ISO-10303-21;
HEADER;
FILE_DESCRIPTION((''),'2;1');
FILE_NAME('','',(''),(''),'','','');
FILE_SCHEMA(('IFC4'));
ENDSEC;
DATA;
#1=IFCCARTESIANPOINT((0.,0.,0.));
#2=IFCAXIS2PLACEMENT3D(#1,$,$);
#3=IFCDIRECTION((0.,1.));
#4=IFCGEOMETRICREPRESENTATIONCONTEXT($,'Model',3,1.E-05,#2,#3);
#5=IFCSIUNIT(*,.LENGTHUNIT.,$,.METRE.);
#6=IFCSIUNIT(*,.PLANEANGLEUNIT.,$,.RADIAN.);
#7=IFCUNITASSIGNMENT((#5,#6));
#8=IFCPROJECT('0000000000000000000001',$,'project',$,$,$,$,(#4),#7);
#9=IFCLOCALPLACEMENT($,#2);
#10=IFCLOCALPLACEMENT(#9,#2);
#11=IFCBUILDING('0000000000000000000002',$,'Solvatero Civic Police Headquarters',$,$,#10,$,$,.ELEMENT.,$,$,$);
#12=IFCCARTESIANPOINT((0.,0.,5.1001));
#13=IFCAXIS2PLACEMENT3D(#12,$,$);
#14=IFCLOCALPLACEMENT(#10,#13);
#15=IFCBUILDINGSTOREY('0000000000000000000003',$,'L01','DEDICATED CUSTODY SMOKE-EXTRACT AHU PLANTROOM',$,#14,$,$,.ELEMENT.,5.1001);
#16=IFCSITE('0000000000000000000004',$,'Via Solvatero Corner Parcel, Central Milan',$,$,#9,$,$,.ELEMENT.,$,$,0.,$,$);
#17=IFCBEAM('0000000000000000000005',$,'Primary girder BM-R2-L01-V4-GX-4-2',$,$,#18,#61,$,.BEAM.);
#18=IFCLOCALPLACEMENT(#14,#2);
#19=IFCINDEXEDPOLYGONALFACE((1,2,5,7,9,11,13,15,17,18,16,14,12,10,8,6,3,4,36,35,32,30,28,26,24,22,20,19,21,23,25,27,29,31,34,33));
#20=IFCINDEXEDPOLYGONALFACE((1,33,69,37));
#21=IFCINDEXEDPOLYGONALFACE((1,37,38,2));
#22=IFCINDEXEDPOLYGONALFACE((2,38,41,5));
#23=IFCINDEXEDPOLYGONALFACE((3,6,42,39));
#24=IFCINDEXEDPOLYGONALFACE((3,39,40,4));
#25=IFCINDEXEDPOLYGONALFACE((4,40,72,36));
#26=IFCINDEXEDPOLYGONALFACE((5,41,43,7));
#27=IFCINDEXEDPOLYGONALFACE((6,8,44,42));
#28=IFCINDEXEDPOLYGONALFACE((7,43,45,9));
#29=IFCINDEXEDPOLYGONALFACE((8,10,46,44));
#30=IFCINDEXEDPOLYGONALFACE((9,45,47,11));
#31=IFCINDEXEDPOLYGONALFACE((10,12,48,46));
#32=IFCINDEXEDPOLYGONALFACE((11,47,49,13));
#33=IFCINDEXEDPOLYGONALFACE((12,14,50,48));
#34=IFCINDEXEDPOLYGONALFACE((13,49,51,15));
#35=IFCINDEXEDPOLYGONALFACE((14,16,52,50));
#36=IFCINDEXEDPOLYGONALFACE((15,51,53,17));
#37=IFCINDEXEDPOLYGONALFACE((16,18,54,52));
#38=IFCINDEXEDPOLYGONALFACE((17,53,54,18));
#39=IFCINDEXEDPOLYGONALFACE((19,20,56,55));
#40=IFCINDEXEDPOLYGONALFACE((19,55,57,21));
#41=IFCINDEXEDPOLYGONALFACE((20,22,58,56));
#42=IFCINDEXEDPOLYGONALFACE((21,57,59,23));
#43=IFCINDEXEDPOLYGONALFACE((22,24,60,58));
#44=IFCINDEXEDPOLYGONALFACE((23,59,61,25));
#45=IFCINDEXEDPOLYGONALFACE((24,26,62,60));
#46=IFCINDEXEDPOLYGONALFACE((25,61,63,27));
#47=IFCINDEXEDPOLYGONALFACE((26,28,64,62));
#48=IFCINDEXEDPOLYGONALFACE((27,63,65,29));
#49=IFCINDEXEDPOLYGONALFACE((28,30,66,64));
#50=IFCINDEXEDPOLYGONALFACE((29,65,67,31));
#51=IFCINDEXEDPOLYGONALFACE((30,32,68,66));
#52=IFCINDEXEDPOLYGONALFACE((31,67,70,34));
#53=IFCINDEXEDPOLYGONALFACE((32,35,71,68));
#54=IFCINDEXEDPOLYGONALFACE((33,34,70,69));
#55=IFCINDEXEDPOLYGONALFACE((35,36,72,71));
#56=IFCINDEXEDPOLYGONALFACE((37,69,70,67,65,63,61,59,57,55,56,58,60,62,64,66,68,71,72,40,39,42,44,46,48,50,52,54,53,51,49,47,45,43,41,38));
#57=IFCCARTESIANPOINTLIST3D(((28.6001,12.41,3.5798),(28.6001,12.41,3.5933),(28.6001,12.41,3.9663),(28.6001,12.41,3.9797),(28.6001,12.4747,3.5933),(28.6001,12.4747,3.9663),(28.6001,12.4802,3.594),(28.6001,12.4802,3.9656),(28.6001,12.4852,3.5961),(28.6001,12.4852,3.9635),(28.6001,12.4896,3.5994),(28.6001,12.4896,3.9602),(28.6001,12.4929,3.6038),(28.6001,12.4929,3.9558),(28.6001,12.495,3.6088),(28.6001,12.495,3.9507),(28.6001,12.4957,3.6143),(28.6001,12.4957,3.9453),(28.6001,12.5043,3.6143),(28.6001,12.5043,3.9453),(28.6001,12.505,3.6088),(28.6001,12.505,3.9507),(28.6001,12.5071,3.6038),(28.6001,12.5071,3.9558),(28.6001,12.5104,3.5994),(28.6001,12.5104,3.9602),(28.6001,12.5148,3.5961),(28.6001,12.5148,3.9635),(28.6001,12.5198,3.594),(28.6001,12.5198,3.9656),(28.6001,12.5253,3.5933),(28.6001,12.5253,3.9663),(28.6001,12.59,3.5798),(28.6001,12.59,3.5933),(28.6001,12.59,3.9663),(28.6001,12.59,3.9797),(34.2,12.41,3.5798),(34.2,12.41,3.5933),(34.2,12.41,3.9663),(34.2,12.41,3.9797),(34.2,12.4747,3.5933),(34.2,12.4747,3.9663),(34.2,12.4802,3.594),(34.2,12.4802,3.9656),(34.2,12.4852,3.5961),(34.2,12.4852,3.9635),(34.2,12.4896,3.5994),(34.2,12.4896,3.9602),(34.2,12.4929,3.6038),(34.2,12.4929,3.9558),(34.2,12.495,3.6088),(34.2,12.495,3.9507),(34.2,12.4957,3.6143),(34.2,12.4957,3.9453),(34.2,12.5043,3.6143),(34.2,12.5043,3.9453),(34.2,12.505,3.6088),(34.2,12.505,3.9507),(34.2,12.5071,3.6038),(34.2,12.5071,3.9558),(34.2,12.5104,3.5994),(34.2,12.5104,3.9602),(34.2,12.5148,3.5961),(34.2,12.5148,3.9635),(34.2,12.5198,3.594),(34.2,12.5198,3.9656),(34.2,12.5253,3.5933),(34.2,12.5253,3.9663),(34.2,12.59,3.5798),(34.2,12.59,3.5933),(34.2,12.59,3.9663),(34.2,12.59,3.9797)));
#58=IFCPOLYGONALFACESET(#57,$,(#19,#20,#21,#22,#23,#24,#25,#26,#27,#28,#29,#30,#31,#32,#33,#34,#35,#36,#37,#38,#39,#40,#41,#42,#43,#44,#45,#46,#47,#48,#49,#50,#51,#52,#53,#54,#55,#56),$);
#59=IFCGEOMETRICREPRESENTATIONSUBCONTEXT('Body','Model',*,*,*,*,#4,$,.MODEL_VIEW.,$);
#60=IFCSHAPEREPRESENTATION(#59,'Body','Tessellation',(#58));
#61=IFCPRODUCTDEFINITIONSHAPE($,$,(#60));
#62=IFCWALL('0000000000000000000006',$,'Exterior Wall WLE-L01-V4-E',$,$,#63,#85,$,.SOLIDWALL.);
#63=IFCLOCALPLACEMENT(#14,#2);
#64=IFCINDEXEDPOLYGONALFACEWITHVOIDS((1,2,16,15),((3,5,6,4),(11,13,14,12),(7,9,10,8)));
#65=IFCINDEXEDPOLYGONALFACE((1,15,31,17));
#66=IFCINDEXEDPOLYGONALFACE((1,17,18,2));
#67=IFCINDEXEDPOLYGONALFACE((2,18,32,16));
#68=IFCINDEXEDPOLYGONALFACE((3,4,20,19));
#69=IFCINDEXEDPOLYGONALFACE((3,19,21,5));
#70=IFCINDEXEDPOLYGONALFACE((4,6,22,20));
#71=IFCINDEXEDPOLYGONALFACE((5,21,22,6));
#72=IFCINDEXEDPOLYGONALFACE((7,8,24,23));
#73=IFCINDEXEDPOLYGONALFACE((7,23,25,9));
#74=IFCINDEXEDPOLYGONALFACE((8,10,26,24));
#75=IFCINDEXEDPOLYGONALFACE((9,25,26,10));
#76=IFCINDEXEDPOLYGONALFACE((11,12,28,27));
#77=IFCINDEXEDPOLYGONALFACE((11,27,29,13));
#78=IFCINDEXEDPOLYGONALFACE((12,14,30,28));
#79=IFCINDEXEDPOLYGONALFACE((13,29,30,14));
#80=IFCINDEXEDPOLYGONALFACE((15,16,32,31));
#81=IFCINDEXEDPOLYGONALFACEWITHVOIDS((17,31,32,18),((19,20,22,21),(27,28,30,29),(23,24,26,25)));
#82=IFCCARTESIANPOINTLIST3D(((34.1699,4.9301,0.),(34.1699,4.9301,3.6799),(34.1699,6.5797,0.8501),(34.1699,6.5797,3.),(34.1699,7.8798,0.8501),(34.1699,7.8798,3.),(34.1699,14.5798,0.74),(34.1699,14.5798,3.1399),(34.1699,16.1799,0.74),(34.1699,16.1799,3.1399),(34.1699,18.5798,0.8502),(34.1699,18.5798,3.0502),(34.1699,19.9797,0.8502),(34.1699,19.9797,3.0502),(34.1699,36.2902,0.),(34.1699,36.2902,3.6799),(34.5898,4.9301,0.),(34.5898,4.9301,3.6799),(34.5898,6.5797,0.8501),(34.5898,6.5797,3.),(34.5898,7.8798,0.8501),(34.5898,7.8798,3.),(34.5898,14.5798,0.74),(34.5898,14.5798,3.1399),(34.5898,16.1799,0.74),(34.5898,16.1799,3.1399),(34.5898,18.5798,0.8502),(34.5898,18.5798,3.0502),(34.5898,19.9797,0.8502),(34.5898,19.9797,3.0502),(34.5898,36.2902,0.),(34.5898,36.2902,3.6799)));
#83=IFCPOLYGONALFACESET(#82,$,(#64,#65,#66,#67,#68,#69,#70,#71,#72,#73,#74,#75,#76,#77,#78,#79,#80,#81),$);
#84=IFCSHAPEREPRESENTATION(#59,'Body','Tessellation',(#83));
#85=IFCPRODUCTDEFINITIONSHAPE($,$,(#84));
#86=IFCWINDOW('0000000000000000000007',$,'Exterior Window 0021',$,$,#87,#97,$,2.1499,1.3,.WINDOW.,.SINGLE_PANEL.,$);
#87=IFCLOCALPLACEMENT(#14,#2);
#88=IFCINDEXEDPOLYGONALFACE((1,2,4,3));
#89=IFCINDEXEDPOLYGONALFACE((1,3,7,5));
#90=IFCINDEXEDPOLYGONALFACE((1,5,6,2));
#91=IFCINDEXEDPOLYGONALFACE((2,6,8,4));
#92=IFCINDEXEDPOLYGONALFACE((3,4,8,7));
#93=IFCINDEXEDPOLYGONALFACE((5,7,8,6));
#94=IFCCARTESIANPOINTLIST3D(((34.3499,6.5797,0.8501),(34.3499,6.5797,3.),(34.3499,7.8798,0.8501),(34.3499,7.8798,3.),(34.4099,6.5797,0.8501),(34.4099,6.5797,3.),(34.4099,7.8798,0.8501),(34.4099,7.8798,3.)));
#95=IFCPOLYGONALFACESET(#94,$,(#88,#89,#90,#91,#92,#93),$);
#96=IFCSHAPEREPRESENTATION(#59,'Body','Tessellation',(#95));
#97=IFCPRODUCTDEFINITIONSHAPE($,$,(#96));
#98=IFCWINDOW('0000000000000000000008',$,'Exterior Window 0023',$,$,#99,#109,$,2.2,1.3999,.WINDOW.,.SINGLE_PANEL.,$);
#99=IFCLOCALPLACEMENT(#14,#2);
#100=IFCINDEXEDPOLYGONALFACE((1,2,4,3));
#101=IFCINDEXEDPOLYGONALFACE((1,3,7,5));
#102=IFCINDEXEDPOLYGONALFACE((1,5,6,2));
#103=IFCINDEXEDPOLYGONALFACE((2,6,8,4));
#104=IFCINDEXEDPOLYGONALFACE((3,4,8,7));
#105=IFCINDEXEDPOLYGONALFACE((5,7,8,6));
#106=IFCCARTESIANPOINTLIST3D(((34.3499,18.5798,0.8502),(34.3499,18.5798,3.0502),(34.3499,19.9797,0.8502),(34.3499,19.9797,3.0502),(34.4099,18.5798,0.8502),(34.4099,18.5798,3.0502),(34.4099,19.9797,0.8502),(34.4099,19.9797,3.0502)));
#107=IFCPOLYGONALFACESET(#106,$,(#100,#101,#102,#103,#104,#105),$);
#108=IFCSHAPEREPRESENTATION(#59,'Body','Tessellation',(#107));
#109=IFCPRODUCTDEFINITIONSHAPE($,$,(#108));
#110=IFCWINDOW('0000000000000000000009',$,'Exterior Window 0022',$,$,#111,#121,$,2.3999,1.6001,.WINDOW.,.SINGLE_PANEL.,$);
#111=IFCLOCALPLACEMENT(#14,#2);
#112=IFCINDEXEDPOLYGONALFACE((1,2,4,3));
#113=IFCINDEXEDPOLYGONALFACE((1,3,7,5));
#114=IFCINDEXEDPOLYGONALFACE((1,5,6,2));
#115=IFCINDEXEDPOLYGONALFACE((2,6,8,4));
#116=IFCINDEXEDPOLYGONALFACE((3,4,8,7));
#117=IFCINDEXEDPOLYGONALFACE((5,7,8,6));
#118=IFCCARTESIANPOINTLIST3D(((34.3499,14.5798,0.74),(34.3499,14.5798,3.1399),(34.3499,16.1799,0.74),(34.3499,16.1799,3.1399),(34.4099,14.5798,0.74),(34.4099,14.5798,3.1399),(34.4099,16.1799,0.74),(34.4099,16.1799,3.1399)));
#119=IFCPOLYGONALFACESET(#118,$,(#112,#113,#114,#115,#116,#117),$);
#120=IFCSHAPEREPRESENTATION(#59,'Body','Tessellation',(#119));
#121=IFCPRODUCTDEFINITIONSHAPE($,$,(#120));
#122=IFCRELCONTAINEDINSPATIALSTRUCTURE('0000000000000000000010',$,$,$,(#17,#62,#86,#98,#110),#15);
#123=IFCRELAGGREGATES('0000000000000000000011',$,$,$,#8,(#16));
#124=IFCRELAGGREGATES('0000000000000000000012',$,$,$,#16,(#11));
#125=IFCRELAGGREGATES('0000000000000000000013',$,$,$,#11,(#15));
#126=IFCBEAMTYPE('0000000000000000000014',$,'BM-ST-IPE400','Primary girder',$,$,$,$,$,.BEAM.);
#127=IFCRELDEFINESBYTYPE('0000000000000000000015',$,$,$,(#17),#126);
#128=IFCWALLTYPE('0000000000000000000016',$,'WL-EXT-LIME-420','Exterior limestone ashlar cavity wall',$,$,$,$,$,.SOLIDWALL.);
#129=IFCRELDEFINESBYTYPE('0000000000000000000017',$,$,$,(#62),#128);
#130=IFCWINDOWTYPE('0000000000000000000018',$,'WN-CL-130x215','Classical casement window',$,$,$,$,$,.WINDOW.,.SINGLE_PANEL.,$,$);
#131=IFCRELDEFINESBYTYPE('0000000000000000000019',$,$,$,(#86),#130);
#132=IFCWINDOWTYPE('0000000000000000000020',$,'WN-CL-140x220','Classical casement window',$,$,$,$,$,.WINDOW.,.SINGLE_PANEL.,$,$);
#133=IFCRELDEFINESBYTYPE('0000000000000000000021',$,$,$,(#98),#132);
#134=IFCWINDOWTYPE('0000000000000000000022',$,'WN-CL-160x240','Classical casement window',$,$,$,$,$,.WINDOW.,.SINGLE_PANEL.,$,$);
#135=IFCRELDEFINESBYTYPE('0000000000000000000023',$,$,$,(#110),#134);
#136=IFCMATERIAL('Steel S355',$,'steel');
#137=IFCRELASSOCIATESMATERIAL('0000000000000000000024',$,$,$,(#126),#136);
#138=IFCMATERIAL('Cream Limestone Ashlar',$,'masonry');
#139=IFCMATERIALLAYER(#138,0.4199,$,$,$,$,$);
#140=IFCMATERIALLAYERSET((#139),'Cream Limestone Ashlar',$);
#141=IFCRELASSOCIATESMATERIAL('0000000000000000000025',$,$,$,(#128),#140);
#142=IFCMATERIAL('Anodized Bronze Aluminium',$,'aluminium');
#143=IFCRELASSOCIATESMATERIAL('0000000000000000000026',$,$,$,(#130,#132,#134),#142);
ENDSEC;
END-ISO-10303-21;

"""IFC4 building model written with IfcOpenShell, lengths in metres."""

from ifc_helpers import new_model, si_unit, direction, frame, frame_2d, origin, origin_2d, place, context, subcontext, project, spatial, rectangle, i_section, extrude, material, layer, layer_set, material_profile, profile_set, type_object, element, fill, save


model = new_model("IFC4")

# Units and contexts
model_context = context("Model", 3, precision=1e-05, world=origin(), true_north=direction((0.0, 1.0)))
body_context = subcontext(model_context, "Body", "Model", "MODEL_VIEW")
ifc_project = project(units=[si_unit("LENGTHUNIT", "METRE"), si_unit("PLANEANGLEUNIT", "RADIAN")], contexts=[model_context])

# Site, building, storey
site_placement = place(None, origin())
site = spatial("IfcSite", under=ifc_project, at=site_placement, Name="Via Solvatero Corner Parcel, Central Milan", CompositionType="ELEMENT", RefElevation=0.0)
building_placement = place(site_placement, origin())
building = spatial("IfcBuilding", under=site, at=building_placement, Name="Solvatero Civic Police Headquarters", CompositionType="ELEMENT")
storey_placement = place(building_placement, frame((0.0, 0.0, 5.1001)))
storey = spatial("IfcBuildingStorey", under=building, at=storey_placement, Name="L01", Description="DEDICATED CUSTODY SMOKE-EXTRACT AHU PLANTROOM", CompositionType="ELEMENT", Elevation=5.1001)

# Shared definitions
ifc_material_1 = material(Name="Steel S355", Category="steel")

# Beam
ifc_material_profile_1 = material_profile(ifc_material_1, i_section(OverallWidth=0.1799, OverallDepth=0.3999, WebThickness=0.0085, FlangeThickness=0.0134, FilletRadius=0.021, at=origin_2d()), Name="IPE 400")
ifc_profile_set_1 = profile_set([ifc_material_profile_1], Name="Steel S355")
beam_type_1 = type_object("IfcBeamType", Name="BM-ST-IPE400", Description="Primary girder", PredefinedType="BEAM", material=ifc_profile_set_1)
beam_1_placement = place(storey_placement, frame((28.6001, 12.5, 3.7798), z_axis=(1.0, 0.0, 0.0), x_axis=(0.0, 1.0, 0.0)))
element("IfcBeam", 1, at=beam_1_placement, inside=storey, type_object=beam_type_1, Name="Primary girder BM-R2-L01-V4-GX-4-2", PredefinedType="BEAM", context=body_context, shape_type="SweptSolid", body=[
    extrude(i_section(OverallWidth=0.1799, OverallDepth=0.3999, WebThickness=0.0085, FlangeThickness=0.0134, FilletRadius=0.021, at=origin_2d()), origin(), (0.0, 0.0, 1.0), 5.5999),
])

# Wall, openings, windows
ifc_material_2 = material(Name="Cream Limestone Ashlar", Category="masonry")
ifc_layer_1 = layer(ifc_material_2, 0.4199)
ifc_layer_set_1 = layer_set([ifc_layer_1], Name="Cream Limestone Ashlar")
wall_type_1 = type_object("IfcWallType", Name="WL-EXT-LIME-420", Description="Exterior limestone ashlar cavity wall", PredefinedType="SOLIDWALL", material=ifc_layer_set_1)
wall_1_placement = place(storey_placement, frame((34.3799, 4.9299, 0.0), z_axis=(0.0, 0.0, 1.0), x_axis=(0.0, 1.0, 0.0)))
wall_1 = element("IfcWall", 2, at=wall_1_placement, inside=storey, type_object=wall_type_1, Name="Exterior Wall WLE-L01-V4-E", PredefinedType="SOLIDWALL", context=body_context, shape_type="SweptSolid", body=[
    extrude(rectangle(XDim=31.3601, YDim=0.4199, at=frame_2d((15.6802, 0.0))), origin(), (0.0, 0.0, 1.0), 3.6799),
])
opening_1_placement = place(wall_1_placement, frame((1.6499, 0.0, 0.8501)))
opening_1 = element("IfcOpeningElement", 3, at=opening_1_placement, cuts=wall_1, PredefinedType="OPENING", context=body_context, shape_type="SweptSolid", body=[
    extrude(rectangle(XDim=1.3, YDim=2.1499, at=frame_2d((0.6499, 1.075))), frame((0.0, 0.22, 0.0), z_axis=(0.0, -1.0, 0.0), x_axis=(1.0, 0.0, 0.0)), (0.0, 0.0, 1.0), 0.4399),
])
opening_2_placement = place(wall_1_placement, frame((9.6499, 0.0, 0.74)))
opening_2 = element("IfcOpeningElement", 4, at=opening_2_placement, cuts=wall_1, PredefinedType="OPENING", context=body_context, shape_type="SweptSolid", body=[
    extrude(rectangle(XDim=1.6001, YDim=2.3999, at=frame_2d((0.8, 1.2))), frame((0.0, 0.22, 0.0), z_axis=(0.0, -1.0, 0.0), x_axis=(1.0, 0.0, 0.0)), (0.0, 0.0, 1.0), 0.4399),
])
opening_3_placement = place(wall_1_placement, frame((13.6499, 0.0, 0.8501)))
opening_3 = element("IfcOpeningElement", 5, at=opening_3_placement, cuts=wall_1, PredefinedType="OPENING", context=body_context, shape_type="SweptSolid", body=[
    extrude(rectangle(XDim=1.3999, YDim=2.2, at=frame_2d((0.7, 1.1001))), frame((0.0, 0.22, 0.0), z_axis=(0.0, -1.0, 0.0), x_axis=(1.0, 0.0, 0.0)), (0.0, 0.0, 1.0), 0.4399),
])
ifc_material_3 = material(Name="Anodized Bronze Aluminium", Category="aluminium")
window_type_1 = type_object("IfcWindowType", Name="WN-CL-130x215", Description="Classical casement window", PartitioningType="SINGLE_PANEL", PredefinedType="WINDOW", material=ifc_material_3)
window_1_placement = place(opening_1_placement, origin())
window_1 = element("IfcWindow", 6, at=window_1_placement, inside=storey, type_object=window_type_1, Name="Exterior Window 0021", OverallHeight=2.1499, OverallWidth=1.3, PartitioningType="SINGLE_PANEL", PredefinedType="WINDOW", context=body_context, shape_type="SweptSolid", body=[
    extrude(rectangle(XDim=1.3, YDim=2.1499, at=frame_2d((0.6499, 1.075))), frame((0.0, 0.03, 0.0), z_axis=(0.0, -1.0, 0.0), x_axis=(1.0, 0.0, 0.0)), (0.0, 0.0, 1.0), 0.0601),
])
fill(opening_1, window_1)
window_type_2 = type_object("IfcWindowType", Name="WN-CL-140x220", Description="Classical casement window", PartitioningType="SINGLE_PANEL", PredefinedType="WINDOW", material=ifc_material_3)
window_2_placement = place(opening_3_placement, origin())
window_2 = element("IfcWindow", 7, at=window_2_placement, inside=storey, type_object=window_type_2, Name="Exterior Window 0023", OverallHeight=2.2, OverallWidth=1.3999, PartitioningType="SINGLE_PANEL", PredefinedType="WINDOW", context=body_context, shape_type="SweptSolid", body=[
    extrude(rectangle(XDim=1.3999, YDim=2.2, at=frame_2d((0.7, 1.1001))), frame((0.0, 0.03, 0.0), z_axis=(0.0, -1.0, 0.0), x_axis=(1.0, 0.0, 0.0)), (0.0, 0.0, 1.0), 0.0601),
])
fill(opening_3, window_2)
window_type_3 = type_object("IfcWindowType", Name="WN-CL-160x240", Description="Classical casement window", PartitioningType="SINGLE_PANEL", PredefinedType="WINDOW", material=ifc_material_3)
window_3_placement = place(opening_2_placement, origin())
window_3 = element("IfcWindow", 8, at=window_3_placement, inside=storey, type_object=window_type_3, Name="Exterior Window 0022", OverallHeight=2.3999, OverallWidth=1.6001, PartitioningType="SINGLE_PANEL", PredefinedType="WINDOW", context=body_context, shape_type="SweptSolid", body=[
    extrude(rectangle(XDim=1.6001, YDim=2.3999, at=frame_2d((0.8, 1.2))), frame((0.0, 0.03, 0.0), z_axis=(0.0, -1.0, 0.0), x_axis=(1.0, 0.0, 0.0)), (0.0, 0.0, 1.0), 0.0601),
])
fill(opening_2, window_3)

save(model, "model.ifc")
